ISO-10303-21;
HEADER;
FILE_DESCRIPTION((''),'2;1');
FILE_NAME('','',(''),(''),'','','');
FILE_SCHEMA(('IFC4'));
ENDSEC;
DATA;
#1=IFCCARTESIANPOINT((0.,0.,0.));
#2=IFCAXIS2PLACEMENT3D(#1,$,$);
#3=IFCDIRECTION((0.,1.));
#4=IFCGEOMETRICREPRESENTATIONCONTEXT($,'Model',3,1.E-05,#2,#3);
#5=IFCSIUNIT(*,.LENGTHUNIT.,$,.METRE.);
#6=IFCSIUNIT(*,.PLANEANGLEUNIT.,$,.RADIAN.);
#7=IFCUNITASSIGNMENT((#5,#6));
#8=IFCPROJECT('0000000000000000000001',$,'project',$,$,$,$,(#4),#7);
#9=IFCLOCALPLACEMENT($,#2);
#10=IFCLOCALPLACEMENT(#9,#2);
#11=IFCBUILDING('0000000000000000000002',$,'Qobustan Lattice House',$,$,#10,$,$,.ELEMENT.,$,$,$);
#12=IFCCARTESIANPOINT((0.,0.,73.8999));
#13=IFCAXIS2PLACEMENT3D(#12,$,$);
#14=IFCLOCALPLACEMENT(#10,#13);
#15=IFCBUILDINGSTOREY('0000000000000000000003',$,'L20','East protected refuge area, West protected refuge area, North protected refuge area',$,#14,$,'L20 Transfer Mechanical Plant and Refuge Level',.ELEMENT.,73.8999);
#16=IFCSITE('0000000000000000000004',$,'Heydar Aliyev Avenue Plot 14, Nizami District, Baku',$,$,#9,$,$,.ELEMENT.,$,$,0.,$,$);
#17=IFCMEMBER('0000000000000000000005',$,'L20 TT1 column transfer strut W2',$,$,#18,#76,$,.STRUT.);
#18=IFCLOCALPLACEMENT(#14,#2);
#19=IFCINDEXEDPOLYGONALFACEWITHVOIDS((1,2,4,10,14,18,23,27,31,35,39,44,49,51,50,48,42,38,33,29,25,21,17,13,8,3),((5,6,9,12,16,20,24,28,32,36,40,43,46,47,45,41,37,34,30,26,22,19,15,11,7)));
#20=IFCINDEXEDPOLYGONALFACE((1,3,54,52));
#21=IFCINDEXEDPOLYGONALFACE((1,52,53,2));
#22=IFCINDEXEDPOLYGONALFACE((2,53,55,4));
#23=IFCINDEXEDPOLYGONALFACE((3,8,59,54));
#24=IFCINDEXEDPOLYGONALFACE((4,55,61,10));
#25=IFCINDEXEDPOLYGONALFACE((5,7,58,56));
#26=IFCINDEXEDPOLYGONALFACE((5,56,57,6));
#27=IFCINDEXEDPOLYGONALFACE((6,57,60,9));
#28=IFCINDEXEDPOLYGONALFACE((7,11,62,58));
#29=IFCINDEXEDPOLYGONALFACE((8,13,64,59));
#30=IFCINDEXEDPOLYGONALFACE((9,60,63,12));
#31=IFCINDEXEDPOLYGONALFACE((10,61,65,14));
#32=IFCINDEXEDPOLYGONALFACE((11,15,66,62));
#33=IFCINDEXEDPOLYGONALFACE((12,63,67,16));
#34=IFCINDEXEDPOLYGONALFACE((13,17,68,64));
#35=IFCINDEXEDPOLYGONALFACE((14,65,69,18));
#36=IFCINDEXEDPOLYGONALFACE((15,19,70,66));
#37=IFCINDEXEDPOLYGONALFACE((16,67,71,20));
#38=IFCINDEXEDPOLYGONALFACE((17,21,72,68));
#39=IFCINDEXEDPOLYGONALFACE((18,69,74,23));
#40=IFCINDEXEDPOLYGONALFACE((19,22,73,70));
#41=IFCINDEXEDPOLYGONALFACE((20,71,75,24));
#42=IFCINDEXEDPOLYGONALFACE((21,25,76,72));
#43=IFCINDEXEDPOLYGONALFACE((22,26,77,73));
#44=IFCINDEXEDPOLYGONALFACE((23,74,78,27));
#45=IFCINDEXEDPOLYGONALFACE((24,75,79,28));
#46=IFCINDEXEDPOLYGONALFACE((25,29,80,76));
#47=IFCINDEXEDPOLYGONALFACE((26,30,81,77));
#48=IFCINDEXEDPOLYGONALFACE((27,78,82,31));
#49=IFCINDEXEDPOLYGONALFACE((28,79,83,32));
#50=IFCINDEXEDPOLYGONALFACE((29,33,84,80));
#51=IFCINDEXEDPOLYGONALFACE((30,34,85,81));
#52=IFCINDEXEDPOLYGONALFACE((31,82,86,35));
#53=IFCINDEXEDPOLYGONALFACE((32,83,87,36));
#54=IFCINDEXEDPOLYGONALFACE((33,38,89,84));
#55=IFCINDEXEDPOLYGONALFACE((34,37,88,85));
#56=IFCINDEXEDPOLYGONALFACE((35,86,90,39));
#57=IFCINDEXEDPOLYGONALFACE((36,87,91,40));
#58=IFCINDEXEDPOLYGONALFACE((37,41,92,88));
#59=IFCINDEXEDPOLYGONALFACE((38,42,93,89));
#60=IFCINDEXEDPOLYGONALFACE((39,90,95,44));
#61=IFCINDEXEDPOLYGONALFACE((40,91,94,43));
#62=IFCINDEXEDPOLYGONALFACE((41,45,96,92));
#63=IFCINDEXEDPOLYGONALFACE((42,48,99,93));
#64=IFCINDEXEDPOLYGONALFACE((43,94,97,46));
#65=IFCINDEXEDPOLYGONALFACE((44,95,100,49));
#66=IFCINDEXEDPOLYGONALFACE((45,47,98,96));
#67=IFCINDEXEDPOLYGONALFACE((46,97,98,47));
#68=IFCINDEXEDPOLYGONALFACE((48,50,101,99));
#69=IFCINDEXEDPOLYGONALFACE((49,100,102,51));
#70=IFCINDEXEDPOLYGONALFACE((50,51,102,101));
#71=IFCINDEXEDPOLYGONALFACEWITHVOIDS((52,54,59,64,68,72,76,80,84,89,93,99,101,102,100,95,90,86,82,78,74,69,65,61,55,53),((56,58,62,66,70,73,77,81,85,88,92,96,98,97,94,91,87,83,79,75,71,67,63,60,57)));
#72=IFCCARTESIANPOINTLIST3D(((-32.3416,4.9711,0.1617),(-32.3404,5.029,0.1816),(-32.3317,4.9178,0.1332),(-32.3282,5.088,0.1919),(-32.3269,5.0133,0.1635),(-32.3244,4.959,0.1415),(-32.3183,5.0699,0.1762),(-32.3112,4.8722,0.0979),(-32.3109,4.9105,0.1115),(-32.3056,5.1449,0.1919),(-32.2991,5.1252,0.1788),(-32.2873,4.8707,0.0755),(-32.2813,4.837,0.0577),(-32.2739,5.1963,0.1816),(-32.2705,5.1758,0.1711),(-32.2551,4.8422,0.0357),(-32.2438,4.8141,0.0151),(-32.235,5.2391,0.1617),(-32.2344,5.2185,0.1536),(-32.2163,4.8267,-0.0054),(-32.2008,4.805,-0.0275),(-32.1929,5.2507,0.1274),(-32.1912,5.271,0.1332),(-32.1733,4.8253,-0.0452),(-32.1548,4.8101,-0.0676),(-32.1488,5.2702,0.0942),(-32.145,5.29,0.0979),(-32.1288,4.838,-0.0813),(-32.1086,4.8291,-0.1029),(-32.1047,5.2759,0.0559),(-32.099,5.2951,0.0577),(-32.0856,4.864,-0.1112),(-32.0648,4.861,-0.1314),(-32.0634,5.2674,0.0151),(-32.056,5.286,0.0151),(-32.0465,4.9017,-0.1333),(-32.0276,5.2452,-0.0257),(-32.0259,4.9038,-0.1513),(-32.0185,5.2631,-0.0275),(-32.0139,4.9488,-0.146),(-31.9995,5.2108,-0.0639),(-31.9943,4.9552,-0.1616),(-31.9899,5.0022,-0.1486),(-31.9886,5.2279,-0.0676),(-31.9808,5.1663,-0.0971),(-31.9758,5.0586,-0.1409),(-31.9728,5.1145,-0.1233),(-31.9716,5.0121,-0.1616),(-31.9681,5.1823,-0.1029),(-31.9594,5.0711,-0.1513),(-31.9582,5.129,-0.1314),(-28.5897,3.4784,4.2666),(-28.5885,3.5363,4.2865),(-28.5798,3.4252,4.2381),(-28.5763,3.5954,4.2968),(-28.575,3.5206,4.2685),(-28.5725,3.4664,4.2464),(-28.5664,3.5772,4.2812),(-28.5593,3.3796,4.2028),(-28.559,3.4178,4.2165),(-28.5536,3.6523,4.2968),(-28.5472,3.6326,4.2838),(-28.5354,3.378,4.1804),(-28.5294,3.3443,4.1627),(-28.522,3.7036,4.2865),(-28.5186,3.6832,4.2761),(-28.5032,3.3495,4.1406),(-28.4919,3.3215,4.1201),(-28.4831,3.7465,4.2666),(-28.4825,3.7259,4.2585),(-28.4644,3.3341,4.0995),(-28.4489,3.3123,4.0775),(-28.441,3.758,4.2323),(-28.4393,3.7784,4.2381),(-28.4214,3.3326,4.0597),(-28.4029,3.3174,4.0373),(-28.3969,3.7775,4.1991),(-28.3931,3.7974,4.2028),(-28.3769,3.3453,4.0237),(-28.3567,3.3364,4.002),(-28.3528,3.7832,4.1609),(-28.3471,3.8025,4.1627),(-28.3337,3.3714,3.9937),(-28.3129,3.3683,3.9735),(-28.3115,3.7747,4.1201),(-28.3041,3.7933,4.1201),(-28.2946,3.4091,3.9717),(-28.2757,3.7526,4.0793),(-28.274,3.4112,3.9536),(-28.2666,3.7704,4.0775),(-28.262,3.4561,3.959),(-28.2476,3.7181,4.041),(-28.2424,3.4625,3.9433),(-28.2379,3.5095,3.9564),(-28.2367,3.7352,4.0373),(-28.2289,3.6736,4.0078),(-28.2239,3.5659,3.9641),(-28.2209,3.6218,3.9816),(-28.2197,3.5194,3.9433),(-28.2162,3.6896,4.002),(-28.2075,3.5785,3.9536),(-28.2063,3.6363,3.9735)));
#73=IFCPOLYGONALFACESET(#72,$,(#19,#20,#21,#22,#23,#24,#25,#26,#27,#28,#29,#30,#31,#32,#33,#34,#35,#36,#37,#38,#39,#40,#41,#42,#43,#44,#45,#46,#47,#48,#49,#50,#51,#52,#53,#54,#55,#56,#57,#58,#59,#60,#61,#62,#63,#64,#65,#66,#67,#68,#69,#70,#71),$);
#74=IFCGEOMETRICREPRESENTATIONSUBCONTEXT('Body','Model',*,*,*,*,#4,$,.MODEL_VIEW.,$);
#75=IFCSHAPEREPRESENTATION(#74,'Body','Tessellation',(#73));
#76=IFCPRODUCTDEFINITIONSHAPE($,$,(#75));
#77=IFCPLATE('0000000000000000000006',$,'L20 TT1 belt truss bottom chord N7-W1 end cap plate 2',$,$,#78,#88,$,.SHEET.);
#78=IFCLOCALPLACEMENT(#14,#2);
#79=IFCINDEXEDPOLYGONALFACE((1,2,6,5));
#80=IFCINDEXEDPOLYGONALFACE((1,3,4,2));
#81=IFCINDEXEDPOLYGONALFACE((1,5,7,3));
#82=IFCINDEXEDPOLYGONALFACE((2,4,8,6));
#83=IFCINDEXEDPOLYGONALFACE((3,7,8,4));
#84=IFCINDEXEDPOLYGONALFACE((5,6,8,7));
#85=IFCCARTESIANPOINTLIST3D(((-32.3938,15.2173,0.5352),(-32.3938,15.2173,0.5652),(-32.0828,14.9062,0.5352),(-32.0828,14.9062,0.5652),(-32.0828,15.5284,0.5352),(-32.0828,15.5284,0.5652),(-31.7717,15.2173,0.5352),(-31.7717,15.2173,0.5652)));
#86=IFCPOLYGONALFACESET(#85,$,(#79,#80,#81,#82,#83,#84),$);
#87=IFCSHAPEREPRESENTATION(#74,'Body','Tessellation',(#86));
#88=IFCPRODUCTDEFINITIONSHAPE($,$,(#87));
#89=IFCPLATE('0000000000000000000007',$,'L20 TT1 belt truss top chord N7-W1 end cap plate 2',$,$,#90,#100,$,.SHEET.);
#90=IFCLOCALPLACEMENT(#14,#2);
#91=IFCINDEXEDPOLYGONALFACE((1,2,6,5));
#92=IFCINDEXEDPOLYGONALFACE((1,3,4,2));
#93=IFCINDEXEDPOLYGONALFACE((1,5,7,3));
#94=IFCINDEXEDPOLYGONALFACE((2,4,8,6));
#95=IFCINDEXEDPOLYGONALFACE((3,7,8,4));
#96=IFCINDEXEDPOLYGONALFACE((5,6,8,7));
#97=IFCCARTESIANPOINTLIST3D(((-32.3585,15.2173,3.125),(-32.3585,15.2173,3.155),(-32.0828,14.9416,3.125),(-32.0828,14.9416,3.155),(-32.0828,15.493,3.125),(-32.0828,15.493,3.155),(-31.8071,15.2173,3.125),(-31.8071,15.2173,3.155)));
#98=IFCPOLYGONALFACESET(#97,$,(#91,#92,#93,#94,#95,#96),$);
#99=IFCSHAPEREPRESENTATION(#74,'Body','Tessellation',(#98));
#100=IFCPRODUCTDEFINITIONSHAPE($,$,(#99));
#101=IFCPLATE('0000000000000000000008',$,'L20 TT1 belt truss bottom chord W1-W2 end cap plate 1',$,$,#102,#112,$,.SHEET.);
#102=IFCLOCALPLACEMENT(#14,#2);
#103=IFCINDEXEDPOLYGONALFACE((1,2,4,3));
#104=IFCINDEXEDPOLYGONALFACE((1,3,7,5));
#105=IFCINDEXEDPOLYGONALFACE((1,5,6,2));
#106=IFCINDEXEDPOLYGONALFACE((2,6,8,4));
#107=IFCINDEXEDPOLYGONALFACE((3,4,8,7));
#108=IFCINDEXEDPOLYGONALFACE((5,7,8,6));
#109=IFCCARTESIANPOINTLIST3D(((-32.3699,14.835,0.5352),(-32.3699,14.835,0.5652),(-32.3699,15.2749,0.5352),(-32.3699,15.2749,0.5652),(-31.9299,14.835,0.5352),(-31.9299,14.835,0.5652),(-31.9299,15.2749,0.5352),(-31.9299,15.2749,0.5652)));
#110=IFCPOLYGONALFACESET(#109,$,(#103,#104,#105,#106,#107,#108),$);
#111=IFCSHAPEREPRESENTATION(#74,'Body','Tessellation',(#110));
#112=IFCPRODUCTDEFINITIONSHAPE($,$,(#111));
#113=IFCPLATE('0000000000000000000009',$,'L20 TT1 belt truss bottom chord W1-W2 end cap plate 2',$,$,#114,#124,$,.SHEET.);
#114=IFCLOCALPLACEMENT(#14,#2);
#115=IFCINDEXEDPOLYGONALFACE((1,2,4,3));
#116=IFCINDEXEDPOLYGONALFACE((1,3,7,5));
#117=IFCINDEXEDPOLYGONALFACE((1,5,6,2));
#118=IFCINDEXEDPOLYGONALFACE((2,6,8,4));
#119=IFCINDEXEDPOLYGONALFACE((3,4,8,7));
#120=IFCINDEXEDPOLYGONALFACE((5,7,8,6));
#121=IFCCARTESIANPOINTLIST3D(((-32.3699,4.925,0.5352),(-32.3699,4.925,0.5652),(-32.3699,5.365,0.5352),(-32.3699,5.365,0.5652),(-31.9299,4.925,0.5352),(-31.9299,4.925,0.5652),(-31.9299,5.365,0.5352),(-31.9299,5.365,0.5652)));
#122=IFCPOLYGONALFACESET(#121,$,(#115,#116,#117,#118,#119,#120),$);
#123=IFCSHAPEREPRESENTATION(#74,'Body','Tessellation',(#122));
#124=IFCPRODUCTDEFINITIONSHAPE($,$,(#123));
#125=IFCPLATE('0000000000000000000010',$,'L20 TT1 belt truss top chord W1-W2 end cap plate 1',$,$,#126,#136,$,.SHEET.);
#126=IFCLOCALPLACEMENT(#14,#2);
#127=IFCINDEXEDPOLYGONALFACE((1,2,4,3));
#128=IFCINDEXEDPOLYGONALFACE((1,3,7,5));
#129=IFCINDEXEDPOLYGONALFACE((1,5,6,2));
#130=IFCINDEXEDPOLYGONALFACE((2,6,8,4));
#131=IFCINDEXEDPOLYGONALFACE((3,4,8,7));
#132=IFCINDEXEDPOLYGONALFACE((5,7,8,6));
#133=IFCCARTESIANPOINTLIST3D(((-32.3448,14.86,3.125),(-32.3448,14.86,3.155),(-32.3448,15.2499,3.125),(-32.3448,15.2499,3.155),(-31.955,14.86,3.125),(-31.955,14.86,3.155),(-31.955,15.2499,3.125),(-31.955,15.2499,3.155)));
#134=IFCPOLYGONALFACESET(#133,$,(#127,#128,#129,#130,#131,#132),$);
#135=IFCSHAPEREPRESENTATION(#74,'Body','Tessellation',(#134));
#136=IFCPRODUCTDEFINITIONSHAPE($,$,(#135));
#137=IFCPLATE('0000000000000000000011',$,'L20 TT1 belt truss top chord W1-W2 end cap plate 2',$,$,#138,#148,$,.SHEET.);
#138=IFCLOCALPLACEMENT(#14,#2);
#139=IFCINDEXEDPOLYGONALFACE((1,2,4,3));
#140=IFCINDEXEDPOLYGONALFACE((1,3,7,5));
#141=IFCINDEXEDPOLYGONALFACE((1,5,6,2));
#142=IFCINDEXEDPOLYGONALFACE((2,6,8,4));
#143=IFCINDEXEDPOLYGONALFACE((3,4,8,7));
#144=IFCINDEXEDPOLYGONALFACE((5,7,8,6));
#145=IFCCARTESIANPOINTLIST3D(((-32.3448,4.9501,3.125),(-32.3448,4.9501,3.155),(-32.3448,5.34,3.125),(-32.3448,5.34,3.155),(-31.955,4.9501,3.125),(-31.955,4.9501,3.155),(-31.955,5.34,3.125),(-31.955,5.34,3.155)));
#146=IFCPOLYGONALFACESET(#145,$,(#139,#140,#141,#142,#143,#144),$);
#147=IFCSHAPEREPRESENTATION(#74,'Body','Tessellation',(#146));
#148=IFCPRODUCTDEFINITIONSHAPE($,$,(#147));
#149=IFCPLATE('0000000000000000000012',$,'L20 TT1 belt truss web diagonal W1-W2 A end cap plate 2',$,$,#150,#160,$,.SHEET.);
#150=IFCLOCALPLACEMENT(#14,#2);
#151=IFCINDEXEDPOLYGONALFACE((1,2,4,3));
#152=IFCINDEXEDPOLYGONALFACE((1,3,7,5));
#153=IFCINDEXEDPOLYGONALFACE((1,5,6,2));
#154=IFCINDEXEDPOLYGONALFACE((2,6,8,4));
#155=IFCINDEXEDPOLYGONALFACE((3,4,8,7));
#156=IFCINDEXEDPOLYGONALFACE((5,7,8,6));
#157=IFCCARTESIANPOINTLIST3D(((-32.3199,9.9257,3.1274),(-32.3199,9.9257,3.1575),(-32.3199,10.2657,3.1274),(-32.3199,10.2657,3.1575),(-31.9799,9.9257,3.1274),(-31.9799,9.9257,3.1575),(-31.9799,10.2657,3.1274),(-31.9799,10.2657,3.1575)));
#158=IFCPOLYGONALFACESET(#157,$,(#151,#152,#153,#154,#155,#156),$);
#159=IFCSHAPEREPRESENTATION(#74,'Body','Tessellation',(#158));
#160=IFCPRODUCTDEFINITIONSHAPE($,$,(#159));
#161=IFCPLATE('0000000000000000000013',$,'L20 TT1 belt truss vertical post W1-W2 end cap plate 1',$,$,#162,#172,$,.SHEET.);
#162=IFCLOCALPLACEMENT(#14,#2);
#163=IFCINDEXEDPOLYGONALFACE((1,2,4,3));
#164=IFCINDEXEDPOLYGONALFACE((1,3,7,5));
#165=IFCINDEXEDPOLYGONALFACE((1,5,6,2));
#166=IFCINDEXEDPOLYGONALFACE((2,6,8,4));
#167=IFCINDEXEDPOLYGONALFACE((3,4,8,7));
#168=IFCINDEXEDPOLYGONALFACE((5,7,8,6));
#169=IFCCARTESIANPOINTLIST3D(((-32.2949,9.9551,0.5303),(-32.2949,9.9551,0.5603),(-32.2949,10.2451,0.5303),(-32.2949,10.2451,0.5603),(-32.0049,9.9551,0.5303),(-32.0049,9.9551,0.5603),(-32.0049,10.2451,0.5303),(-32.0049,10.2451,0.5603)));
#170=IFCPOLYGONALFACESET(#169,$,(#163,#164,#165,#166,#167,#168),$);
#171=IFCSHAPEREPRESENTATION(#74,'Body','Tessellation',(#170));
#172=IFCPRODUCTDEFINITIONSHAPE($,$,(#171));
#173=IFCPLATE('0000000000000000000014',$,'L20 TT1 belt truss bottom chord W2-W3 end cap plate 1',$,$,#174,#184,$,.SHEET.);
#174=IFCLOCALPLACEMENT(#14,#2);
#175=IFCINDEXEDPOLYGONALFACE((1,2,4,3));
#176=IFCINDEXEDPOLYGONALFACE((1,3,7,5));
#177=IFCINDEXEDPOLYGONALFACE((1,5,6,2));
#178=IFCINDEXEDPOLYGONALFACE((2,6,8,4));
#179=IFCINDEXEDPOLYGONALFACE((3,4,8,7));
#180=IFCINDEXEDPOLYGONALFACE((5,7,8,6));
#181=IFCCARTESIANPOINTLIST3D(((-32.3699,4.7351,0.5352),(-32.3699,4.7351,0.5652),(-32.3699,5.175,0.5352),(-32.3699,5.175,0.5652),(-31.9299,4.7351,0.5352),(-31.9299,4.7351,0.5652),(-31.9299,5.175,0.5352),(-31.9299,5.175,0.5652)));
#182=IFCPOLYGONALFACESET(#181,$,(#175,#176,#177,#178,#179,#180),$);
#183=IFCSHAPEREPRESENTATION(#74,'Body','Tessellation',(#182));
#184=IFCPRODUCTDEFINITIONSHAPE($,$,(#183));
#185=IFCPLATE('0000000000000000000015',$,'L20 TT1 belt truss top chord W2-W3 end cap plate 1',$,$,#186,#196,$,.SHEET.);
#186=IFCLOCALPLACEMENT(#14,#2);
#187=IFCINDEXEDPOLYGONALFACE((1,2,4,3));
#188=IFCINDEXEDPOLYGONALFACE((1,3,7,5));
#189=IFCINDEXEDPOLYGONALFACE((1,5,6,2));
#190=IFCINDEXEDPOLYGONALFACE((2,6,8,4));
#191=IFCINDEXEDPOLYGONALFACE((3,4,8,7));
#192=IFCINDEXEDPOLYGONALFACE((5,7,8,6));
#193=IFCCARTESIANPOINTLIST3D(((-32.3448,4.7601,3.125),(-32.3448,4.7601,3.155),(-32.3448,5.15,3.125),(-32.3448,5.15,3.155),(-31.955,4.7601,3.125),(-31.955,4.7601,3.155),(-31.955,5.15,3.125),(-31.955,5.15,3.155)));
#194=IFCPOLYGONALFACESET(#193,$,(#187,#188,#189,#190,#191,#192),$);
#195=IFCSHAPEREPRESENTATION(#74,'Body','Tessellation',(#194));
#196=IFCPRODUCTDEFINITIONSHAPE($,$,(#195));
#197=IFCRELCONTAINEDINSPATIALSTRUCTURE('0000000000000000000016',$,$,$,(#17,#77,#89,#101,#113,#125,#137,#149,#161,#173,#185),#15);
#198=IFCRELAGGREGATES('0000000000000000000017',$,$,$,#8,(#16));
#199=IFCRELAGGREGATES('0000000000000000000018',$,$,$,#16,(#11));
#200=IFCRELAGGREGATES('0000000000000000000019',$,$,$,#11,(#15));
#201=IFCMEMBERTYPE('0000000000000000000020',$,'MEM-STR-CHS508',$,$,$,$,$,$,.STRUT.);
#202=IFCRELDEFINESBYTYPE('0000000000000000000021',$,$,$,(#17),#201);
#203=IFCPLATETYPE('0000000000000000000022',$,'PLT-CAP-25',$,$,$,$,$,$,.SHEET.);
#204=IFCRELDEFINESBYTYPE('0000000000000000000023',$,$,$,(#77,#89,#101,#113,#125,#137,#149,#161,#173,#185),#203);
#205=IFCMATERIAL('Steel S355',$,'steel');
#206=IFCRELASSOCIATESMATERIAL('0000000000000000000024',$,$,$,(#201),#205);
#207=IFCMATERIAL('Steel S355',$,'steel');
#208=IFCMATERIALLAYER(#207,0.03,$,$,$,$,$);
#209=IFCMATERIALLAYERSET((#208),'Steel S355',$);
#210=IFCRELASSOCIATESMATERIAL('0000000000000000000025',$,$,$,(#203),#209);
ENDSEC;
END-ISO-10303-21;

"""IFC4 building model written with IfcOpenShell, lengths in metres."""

from ifc_helpers import new_model, si_unit, direction, frame, origin, origin_2d, place, context, subcontext, project, spatial, rectangle, hollow_circle, extrude, material, layer, layer_set, material_profile, profile_set, type_object, element, save


model = new_model("IFC4")

# Units and contexts
model_context = context("Model", 3, precision=1e-05, world=origin(), true_north=direction((0.0, 1.0)))
body_context = subcontext(model_context, "Body", "Model", "MODEL_VIEW")
ifc_project = project(units=[si_unit("LENGTHUNIT", "METRE"), si_unit("PLANEANGLEUNIT", "RADIAN")], contexts=[model_context])

# Site, building, storey
site_placement = place(None, origin())
site = spatial("IfcSite", under=ifc_project, at=site_placement, Name="Heydar Aliyev Avenue Plot 14, Nizami District, Baku", CompositionType="ELEMENT", RefElevation=0.0)
building_placement = place(site_placement, origin())
building = spatial("IfcBuilding", under=site, at=building_placement, Name="Qobustan Lattice House", CompositionType="ELEMENT")
storey_placement = place(building_placement, frame((0.0, 0.0, 73.8999)))
storey = spatial("IfcBuildingStorey", under=building, at=storey_placement, Name="L20", Description="East protected refuge area, West protected refuge area, North protected refuge area", LongName="L20 Transfer Mechanical Plant and Refuge Level", CompositionType="ELEMENT", Elevation=73.8999)

# Member
ifc_material_1 = material(Name="Steel S355", Category="steel")
ifc_material_profile_1 = material_profile(ifc_material_1, hollow_circle(Radius=0.2539, WallThickness=0.02, at=origin_2d()), Name="CHS508x20")
ifc_profile_set_1 = profile_set([ifc_material_profile_1], Name="Steel S355")
member_type_1 = type_object("IfcMemberType", Name="MEM-STR-CHS508", PredefinedType="STRUT", material=ifc_profile_set_1)
member_1_placement = place(storey_placement, frame((-32.1499, 5.05, 0.0151), z_axis=(0.651592, -0.259229, 0.712901), x_axis=(0.36966, 0.929167, 0.0)))
element("IfcMember", 1, at=member_1_placement, inside=storey, type_object=member_type_1, Name="L20 TT1 column transfer strut W2", PredefinedType="STRUT", context=body_context, shape_type="SweptSolid", body=[
    extrude(hollow_circle(Radius=0.2539, WallThickness=0.02, at=origin_2d()), origin(), (0.0, 0.0, 1.0), 5.7581),
])

# Plates
ifc_material_2 = material(Name="Steel S355", Category="steel")
ifc_layer_1 = layer(ifc_material_2, 0.03)
ifc_layer_set_1 = layer_set([ifc_layer_1], Name="Steel S355")
plate_type = type_object("IfcPlateType", Name="PLT-CAP-25", PredefinedType="SHEET", material=ifc_layer_set_1)
plate_1_placement = place(storey_placement, frame((-32.0828, 15.2173, 0.5352), z_axis=(0.0, 0.0, 1.0), x_axis=(-0.707107, -0.707107, 0.0)))
element("IfcPlate", 2, at=plate_1_placement, inside=storey, type_object=plate_type, Name="L20 TT1 belt truss bottom chord N7-W1 end cap plate 2", PredefinedType="SHEET", context=body_context, shape_type="SweptSolid", body=[
    extrude(rectangle(XDim=0.4399, YDim=0.4399, at=origin_2d()), origin(), (0.0, 0.0, 1.0), 0.03),
])
plate_2_placement = place(storey_placement, frame((-32.0828, 15.2173, 3.125), z_axis=(0.0, 0.0, 1.0), x_axis=(-0.707107, -0.707107, 0.0)))
element("IfcPlate", 3, at=plate_2_placement, inside=storey, type_object=plate_type, Name="L20 TT1 belt truss top chord N7-W1 end cap plate 2", PredefinedType="SHEET", context=body_context, shape_type="SweptSolid", body=[
    extrude(rectangle(XDim=0.3899, YDim=0.3899, at=origin_2d()), origin(), (0.0, 0.0, 1.0), 0.03),
])
for number, where, z_axis, x_axis, name in (
    (4, (-32.1499, 15.0549, 0.5352), (0.0, 0.0, 1.0), (0.0, -1.0, 0.0), "L20 TT1 belt truss bottom chord W1-W2 end cap plate 1"),
    (5, (-32.1499, 5.145, 0.5352), (0.0, 0.0, 1.0), (0.0, -1.0, 0.0), "L20 TT1 belt truss bottom chord W1-W2 end cap plate 2"),
):
    element("IfcPlate", number, at=place(storey_placement, frame(where, z_axis=z_axis, x_axis=x_axis)), inside=storey, type_object=plate_type, Name=name, PredefinedType="SHEET", context=body_context, shape_type="SweptSolid", body=[
        extrude(rectangle(XDim=0.4399, YDim=0.4399, at=origin_2d()), origin(), (0.0, 0.0, 1.0), 0.03),
    ])
for number, where, z_axis, x_axis, name in (
    (6, (-32.1499, 15.0549, 3.125), (0.0, 0.0, 1.0), (0.0, -1.0, 0.0), "L20 TT1 belt truss top chord W1-W2 end cap plate 1"),
    (7, (-32.1499, 5.145, 3.125), (0.0, 0.0, 1.0), (0.0, -1.0, 0.0), "L20 TT1 belt truss top chord W1-W2 end cap plate 2"),
):
    element("IfcPlate", number, at=place(storey_placement, frame(where, z_axis=z_axis, x_axis=x_axis)), inside=storey, type_object=plate_type, Name=name, PredefinedType="SHEET", context=body_context, shape_type="SweptSolid", body=[
        extrude(rectangle(XDim=0.3899, YDim=0.3899, at=origin_2d()), origin(), (0.0, 0.0, 1.0), 0.03),
    ])
plate_3_placement = place(storey_placement, frame((-32.1499, 10.0957, 3.1274), z_axis=(0.0, 0.0, 1.0), x_axis=(0.0, -1.0, 0.0)))
element("IfcPlate", 8, at=plate_3_placement, inside=storey, type_object=plate_type, Name="L20 TT1 belt truss web diagonal W1-W2 A end cap plate 2", PredefinedType="SHEET", context=body_context, shape_type="SweptSolid", body=[
    extrude(rectangle(XDim=0.3401, YDim=0.3401, at=origin_2d()), origin(), (0.0, 0.0, 1.0), 0.03),
])
plate_4_placement = place(storey_placement, frame((-32.1499, 10.1001, 0.5303), z_axis=(0.0, 0.0, 1.0), x_axis=(1.0, 0.0, 0.0)))
element("IfcPlate", 9, at=plate_4_placement, inside=storey, type_object=plate_type, Name="L20 TT1 belt truss vertical post W1-W2 end cap plate 1", PredefinedType="SHEET", context=body_context, shape_type="SweptSolid", body=[
    extrude(rectangle(XDim=0.29, YDim=0.29, at=origin_2d()), origin(), (0.0, 0.0, 1.0), 0.03),
])
plate_5_placement = place(storey_placement, frame((-32.1499, 4.9551, 0.5352), z_axis=(0.0, 0.0, 1.0), x_axis=(0.0, -1.0, 0.0)))
element("IfcPlate", 10, at=plate_5_placement, inside=storey, type_object=plate_type, Name="L20 TT1 belt truss bottom chord W2-W3 end cap plate 1", PredefinedType="SHEET", context=body_context, shape_type="SweptSolid", body=[
    extrude(rectangle(XDim=0.4399, YDim=0.4399, at=origin_2d()), origin(), (0.0, 0.0, 1.0), 0.03),
])
plate_6_placement = place(storey_placement, frame((-32.1499, 4.9551, 3.125), z_axis=(0.0, 0.0, 1.0), x_axis=(0.0, -1.0, 0.0)))
element("IfcPlate", 11, at=plate_6_placement, inside=storey, type_object=plate_type, Name="L20 TT1 belt truss top chord W2-W3 end cap plate 1", PredefinedType="SHEET", context=body_context, shape_type="SweptSolid", body=[
    extrude(rectangle(XDim=0.3899, YDim=0.3899, at=origin_2d()), origin(), (0.0, 0.0, 1.0), 0.03),
])

save(model, "model.ifc")
